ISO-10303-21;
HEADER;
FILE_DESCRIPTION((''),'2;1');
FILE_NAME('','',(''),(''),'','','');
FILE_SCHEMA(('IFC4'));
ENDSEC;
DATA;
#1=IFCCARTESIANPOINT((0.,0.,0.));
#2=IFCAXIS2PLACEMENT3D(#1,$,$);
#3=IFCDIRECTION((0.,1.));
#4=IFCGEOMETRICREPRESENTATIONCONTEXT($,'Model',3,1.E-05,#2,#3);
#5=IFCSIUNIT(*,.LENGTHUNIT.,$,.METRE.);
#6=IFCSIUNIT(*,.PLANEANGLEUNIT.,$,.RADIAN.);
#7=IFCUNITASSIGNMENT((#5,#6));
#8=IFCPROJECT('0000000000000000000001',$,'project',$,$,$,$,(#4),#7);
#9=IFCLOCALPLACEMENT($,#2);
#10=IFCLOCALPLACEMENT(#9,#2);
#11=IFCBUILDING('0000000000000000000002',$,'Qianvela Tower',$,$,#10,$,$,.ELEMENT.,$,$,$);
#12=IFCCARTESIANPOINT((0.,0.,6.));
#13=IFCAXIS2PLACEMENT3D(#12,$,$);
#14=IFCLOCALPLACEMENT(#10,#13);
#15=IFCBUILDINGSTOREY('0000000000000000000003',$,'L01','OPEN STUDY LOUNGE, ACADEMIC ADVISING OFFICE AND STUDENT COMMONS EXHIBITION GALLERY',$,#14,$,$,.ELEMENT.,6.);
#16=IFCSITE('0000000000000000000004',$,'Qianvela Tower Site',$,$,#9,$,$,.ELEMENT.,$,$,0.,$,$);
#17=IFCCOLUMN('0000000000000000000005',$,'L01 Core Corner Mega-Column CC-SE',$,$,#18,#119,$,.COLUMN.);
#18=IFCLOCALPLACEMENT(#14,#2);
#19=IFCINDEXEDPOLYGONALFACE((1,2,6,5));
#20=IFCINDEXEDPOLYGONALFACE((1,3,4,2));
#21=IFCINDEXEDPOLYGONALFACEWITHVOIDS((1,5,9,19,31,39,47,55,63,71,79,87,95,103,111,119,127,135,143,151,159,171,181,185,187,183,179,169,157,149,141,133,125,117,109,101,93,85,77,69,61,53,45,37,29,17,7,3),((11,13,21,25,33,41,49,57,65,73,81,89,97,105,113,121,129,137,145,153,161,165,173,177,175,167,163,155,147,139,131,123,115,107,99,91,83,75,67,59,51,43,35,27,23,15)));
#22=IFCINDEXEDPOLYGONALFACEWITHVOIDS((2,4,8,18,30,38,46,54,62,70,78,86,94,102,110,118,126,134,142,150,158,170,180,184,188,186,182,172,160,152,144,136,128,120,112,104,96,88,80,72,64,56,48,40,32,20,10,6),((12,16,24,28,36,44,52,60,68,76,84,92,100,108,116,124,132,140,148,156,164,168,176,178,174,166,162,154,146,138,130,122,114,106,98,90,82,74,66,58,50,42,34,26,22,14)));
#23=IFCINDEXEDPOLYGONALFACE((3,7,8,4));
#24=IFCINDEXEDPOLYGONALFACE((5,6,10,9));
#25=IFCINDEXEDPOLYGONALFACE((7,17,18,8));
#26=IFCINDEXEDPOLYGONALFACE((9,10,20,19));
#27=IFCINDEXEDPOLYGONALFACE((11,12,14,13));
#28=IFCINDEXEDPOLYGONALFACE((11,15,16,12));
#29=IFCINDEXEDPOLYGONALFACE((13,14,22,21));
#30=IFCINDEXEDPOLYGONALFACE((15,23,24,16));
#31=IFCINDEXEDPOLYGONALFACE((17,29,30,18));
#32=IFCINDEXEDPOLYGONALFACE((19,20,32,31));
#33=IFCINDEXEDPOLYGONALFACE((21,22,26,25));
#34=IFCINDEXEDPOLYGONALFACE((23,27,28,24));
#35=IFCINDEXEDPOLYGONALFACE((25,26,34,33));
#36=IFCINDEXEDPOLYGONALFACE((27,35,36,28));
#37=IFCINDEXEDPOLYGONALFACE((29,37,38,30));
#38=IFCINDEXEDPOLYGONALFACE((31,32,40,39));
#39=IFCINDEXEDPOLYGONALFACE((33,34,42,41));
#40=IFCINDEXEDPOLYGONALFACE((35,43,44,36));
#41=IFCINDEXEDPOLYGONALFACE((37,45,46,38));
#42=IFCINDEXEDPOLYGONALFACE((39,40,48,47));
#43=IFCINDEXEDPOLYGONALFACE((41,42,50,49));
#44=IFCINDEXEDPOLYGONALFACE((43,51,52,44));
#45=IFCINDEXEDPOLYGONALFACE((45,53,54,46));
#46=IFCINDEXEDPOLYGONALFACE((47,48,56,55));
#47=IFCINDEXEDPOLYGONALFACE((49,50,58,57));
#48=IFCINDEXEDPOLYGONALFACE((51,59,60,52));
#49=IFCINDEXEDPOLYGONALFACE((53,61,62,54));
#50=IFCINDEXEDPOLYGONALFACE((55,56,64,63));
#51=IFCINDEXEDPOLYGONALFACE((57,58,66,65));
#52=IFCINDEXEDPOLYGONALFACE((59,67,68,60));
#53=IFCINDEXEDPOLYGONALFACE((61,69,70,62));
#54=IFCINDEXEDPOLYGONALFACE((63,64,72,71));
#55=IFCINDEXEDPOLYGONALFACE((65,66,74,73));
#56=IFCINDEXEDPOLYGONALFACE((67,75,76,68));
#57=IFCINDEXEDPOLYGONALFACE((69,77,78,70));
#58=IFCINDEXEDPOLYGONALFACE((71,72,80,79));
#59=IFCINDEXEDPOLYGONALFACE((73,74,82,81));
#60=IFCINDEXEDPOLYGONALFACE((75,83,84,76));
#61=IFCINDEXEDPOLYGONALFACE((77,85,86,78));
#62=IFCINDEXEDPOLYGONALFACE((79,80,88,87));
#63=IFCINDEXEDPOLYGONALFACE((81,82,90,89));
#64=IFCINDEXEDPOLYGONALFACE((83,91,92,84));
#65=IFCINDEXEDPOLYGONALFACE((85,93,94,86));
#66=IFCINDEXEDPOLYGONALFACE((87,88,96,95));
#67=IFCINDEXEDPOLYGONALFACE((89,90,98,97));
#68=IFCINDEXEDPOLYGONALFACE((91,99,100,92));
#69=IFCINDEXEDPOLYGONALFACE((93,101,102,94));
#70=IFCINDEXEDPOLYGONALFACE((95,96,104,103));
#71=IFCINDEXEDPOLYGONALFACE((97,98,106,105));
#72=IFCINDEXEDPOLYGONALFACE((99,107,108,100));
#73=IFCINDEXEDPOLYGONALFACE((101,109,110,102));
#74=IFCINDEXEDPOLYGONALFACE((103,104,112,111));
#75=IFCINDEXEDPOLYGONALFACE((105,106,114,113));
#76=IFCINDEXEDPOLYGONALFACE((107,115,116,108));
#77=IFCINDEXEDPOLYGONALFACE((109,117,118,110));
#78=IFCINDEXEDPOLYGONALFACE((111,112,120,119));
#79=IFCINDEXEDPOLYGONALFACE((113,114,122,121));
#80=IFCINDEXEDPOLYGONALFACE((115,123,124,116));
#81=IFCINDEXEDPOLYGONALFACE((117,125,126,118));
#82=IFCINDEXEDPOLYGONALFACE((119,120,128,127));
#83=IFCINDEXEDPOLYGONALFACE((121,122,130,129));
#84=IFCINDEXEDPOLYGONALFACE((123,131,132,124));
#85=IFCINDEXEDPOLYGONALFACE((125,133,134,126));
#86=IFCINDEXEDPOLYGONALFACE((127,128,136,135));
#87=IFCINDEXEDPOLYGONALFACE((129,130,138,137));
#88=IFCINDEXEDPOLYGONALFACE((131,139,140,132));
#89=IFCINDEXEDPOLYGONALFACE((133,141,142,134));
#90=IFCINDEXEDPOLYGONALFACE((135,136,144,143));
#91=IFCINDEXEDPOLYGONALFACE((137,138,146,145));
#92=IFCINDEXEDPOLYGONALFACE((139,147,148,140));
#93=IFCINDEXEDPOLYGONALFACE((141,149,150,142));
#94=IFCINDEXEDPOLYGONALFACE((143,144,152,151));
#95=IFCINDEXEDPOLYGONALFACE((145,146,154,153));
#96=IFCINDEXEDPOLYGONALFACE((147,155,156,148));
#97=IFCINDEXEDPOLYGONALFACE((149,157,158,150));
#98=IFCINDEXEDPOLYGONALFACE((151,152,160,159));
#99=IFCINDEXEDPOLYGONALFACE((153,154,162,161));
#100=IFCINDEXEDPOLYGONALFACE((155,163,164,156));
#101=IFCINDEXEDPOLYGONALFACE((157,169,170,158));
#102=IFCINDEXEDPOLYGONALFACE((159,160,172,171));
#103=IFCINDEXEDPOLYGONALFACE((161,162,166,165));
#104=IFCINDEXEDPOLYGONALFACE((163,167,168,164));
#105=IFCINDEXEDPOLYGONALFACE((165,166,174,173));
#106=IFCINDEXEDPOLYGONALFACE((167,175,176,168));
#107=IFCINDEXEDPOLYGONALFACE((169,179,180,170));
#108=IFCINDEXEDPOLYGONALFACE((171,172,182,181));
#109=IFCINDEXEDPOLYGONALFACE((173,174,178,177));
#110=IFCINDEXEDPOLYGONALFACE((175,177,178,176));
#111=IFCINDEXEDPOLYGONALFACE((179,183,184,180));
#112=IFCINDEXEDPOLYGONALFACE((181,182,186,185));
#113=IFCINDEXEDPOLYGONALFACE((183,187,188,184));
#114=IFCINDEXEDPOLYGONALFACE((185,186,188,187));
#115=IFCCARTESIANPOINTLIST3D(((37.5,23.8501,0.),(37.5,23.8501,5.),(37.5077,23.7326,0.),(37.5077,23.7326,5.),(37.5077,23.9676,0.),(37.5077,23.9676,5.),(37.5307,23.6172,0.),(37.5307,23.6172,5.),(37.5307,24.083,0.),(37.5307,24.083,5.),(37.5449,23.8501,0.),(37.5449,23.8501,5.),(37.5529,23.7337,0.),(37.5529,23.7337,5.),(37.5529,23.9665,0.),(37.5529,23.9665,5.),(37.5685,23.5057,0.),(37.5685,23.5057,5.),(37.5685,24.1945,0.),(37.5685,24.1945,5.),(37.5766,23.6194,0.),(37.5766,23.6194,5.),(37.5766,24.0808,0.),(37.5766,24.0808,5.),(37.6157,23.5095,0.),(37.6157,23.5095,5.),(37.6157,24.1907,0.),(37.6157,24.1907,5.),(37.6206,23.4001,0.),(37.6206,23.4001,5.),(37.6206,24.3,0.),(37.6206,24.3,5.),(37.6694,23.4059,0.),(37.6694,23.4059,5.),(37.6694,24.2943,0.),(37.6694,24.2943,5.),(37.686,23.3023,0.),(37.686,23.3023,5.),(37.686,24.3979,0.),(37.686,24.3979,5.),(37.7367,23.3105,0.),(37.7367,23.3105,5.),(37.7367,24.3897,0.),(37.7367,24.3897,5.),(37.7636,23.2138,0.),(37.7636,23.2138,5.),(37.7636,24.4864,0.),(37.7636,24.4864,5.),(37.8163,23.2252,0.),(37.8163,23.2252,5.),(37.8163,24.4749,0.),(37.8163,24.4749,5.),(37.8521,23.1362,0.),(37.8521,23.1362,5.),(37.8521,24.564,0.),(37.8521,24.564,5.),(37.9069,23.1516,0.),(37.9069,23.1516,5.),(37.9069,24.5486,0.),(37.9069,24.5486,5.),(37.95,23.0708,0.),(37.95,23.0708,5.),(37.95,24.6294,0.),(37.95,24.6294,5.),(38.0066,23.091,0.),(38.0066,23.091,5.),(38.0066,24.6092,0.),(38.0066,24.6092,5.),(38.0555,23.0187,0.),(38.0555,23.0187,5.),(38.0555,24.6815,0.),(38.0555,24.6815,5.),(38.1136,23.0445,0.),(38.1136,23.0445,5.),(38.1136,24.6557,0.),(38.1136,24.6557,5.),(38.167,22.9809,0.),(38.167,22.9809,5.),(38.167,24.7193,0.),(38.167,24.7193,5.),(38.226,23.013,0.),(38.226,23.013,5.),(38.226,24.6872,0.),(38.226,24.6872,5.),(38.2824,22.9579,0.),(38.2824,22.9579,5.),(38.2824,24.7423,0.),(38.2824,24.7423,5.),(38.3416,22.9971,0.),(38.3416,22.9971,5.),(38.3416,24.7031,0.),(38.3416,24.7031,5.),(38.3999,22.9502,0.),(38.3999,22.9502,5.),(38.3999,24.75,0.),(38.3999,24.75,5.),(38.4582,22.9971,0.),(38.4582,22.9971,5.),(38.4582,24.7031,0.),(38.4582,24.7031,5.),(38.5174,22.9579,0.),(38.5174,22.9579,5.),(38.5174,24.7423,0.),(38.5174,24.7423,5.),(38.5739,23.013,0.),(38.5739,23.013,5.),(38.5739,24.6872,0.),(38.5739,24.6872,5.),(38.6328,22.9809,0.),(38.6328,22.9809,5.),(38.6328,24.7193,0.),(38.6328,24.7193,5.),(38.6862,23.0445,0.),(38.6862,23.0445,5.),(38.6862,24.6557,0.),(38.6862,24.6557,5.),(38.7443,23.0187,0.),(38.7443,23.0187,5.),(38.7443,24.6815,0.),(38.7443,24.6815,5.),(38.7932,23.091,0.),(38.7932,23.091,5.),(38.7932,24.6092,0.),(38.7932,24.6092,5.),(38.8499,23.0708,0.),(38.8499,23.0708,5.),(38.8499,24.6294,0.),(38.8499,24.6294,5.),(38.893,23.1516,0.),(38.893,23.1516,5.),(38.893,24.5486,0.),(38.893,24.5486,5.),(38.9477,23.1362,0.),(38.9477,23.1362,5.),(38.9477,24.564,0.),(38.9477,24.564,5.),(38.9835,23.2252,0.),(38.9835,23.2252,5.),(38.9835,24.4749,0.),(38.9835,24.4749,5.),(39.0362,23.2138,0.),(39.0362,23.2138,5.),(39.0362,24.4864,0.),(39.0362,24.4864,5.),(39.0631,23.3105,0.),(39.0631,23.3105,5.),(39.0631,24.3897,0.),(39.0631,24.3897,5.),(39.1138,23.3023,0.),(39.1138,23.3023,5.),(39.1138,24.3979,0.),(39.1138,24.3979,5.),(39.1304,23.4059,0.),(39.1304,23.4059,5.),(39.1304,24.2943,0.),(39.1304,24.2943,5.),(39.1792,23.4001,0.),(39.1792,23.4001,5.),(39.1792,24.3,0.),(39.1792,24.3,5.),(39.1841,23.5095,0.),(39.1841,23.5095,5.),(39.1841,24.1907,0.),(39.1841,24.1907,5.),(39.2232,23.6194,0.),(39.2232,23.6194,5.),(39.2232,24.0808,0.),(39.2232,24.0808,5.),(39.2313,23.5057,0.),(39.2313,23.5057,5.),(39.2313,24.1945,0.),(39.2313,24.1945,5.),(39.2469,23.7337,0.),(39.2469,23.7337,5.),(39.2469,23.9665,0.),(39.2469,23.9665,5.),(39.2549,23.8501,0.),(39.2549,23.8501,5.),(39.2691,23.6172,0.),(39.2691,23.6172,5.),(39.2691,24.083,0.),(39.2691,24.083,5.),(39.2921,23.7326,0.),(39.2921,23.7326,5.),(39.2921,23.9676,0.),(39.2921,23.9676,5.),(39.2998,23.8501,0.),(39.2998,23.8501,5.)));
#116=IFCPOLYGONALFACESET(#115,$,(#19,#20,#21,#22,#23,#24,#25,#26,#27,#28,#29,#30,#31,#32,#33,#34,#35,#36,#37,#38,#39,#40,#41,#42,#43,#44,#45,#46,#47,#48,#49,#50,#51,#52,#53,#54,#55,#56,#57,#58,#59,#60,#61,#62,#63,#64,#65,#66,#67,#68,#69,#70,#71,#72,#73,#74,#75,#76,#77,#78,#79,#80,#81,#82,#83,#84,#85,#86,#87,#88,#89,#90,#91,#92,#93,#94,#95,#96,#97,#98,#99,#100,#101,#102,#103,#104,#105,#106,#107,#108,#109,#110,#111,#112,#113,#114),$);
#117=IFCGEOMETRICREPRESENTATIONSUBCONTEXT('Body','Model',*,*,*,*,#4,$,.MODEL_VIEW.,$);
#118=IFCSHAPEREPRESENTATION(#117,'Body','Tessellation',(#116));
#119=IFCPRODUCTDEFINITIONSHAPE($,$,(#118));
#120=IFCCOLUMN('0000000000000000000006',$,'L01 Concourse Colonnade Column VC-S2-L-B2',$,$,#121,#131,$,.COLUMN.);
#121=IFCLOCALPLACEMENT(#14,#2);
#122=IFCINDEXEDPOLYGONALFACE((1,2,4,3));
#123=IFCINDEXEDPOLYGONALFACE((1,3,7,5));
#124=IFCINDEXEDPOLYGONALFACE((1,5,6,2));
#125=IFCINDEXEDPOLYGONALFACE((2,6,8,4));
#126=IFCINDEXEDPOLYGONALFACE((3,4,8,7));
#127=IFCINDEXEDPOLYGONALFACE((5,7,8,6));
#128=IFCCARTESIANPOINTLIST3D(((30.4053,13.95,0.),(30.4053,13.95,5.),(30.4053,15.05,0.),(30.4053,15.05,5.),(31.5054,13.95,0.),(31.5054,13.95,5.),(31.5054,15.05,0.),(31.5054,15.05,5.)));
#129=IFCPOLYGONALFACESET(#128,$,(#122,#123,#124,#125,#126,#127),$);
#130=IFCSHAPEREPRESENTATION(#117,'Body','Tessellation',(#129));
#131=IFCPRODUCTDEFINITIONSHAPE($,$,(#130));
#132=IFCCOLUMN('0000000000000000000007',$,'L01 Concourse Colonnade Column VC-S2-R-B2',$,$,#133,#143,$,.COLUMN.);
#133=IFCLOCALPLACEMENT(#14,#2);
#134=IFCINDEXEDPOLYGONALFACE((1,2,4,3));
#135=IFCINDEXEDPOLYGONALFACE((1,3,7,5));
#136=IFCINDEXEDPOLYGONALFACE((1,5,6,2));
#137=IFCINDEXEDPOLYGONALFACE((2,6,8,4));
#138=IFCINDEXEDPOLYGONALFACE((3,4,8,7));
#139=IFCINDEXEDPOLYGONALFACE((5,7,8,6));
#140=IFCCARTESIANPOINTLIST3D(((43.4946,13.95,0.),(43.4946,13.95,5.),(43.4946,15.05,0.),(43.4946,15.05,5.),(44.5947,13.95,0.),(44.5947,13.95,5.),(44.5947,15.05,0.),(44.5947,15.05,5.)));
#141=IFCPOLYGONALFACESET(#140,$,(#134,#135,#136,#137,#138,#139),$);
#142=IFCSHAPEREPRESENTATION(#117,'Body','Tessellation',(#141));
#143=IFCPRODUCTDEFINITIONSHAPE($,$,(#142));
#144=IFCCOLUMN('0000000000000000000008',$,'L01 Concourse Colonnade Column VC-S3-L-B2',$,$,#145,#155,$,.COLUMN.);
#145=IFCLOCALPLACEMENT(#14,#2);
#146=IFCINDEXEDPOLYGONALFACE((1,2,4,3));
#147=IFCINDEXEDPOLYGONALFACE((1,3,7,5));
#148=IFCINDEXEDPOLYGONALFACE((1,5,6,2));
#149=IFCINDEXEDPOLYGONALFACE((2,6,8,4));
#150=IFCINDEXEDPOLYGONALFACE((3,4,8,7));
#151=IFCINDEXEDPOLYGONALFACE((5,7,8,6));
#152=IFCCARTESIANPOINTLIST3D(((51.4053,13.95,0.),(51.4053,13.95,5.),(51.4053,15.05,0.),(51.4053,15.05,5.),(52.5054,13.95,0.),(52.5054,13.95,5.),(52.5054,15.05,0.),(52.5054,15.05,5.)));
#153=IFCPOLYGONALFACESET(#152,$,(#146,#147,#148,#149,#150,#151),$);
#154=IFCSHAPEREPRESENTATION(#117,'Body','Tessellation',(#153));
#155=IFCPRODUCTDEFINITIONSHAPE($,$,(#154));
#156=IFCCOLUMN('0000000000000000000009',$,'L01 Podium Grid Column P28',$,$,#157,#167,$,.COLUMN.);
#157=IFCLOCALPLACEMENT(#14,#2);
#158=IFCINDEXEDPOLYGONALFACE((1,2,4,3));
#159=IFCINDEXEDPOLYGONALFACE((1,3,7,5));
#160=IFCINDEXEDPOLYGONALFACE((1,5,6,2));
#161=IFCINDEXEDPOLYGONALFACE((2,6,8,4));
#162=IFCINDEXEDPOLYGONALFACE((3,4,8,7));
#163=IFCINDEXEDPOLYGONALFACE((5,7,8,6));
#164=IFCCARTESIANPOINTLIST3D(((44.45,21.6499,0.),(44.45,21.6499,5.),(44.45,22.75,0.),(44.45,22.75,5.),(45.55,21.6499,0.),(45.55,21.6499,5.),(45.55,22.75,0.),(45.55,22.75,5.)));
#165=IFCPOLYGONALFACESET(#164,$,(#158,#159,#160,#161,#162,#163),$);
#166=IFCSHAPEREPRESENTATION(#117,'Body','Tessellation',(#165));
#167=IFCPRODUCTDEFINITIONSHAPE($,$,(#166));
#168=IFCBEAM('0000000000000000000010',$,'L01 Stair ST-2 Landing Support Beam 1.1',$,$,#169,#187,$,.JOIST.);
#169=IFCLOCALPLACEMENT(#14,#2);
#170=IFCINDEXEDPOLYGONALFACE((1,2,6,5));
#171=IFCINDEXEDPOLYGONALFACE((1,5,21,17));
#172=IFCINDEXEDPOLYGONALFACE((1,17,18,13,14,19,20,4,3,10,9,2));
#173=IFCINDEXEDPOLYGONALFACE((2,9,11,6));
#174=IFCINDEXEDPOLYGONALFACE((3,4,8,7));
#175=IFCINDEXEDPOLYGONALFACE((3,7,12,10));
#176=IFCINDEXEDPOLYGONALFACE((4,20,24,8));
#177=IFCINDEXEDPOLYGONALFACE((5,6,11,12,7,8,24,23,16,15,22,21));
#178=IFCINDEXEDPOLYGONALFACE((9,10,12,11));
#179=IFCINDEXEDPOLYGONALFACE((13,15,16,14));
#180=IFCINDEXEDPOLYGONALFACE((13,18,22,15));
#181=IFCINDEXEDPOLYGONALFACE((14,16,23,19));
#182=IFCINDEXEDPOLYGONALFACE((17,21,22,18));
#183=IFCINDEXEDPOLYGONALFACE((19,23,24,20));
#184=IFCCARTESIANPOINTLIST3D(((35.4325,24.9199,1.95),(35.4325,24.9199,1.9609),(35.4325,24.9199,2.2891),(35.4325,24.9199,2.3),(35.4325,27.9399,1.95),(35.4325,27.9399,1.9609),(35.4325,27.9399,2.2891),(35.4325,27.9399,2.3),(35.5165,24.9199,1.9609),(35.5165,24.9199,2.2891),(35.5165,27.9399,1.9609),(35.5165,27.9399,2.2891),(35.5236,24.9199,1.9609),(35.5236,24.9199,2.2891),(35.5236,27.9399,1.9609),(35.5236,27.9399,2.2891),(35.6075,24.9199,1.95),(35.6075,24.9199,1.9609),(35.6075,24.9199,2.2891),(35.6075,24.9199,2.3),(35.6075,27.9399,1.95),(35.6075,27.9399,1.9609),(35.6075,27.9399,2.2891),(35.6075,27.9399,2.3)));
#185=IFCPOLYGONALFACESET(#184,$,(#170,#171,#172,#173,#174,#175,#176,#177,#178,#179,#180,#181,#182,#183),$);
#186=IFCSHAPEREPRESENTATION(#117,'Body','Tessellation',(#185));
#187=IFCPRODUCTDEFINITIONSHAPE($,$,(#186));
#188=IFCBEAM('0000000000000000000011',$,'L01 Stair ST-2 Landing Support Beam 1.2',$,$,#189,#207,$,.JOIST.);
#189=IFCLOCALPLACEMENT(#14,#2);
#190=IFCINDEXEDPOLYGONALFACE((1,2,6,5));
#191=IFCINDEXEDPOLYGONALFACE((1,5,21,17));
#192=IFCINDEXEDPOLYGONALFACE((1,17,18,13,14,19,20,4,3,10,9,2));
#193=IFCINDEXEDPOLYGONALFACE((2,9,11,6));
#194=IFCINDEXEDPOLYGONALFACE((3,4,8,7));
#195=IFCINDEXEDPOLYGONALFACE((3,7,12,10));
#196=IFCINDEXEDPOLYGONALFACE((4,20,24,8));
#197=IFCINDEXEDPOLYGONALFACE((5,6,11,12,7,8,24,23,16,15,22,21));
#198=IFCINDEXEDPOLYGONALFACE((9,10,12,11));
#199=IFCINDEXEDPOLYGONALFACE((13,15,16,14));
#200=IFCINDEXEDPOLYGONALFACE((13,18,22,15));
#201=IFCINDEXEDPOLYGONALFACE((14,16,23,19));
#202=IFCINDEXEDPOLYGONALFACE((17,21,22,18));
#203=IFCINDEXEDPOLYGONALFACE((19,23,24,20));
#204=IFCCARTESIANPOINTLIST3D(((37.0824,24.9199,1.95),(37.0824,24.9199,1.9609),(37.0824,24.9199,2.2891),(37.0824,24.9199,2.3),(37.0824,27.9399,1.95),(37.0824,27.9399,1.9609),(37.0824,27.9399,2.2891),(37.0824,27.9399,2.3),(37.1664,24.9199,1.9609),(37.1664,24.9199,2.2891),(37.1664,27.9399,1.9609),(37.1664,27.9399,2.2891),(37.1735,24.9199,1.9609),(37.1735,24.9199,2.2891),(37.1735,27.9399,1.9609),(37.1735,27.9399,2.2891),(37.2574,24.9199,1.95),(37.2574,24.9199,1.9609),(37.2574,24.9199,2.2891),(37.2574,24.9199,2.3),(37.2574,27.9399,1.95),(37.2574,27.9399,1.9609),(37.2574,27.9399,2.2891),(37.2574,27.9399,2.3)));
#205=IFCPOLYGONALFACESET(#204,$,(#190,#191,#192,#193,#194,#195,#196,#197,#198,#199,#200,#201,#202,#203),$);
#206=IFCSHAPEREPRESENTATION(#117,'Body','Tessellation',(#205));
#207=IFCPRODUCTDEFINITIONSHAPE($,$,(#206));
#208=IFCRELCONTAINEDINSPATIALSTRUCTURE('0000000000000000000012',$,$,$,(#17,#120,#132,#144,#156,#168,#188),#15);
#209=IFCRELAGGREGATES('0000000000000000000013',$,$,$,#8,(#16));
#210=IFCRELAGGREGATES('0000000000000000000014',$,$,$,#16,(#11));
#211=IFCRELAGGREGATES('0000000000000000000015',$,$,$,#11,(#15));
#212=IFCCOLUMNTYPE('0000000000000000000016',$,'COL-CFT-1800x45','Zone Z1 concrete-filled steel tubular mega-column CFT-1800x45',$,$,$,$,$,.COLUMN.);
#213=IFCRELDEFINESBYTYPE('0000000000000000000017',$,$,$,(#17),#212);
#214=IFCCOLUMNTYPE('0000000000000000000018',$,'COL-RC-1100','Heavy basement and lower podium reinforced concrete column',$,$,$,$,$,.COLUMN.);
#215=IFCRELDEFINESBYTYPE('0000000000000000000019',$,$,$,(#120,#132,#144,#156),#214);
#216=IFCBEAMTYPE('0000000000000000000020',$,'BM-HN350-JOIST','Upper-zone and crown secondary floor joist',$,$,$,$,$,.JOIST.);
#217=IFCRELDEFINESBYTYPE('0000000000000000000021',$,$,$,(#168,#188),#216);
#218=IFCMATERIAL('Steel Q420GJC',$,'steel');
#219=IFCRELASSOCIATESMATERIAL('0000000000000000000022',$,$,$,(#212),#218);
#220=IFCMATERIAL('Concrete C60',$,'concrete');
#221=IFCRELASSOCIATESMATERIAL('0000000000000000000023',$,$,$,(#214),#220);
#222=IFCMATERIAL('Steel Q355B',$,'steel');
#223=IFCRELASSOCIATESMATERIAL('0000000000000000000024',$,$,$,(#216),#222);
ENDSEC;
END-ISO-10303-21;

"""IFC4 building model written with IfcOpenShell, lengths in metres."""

from ifc_helpers import new_model, si_unit, direction, frame, origin, origin_2d, place, context, subcontext, project, spatial, rectangle, hollow_circle, i_section, extrude, material, material_profile, profile_set, type_object, element, save


model = new_model("IFC4")

# Units and contexts
model_context = context("Model", 3, precision=1e-05, world=origin(), true_north=direction((0.0, 1.0)))
body_context = subcontext(model_context, "Body", "Model", "MODEL_VIEW")
ifc_project = project(units=[si_unit("LENGTHUNIT", "METRE"), si_unit("PLANEANGLEUNIT", "RADIAN")], contexts=[model_context])

# Site, building, storey
site_placement = place(None, origin())
site = spatial("IfcSite", under=ifc_project, at=site_placement, Name="Qianvela Tower Site", CompositionType="ELEMENT", RefElevation=0.0)
building_placement = place(site_placement, origin())
building = spatial("IfcBuilding", under=site, at=building_placement, Name="Qianvela Tower", CompositionType="ELEMENT")
storey_placement = place(building_placement, frame((0.0, 0.0, 6.0)))
storey = spatial("IfcBuildingStorey", under=building, at=storey_placement, Name="L01", Description="OPEN STUDY LOUNGE, ACADEMIC ADVISING OFFICE AND STUDENT COMMONS EXHIBITION GALLERY", CompositionType="ELEMENT", Elevation=6.0)

# Columns
ifc_material_1 = material(Name="Steel Q420GJC", Category="steel")
ifc_material_profile_1 = material_profile(ifc_material_1, hollow_circle(Radius=0.8999, WallThickness=0.0449, at=origin_2d()), Name="CFT-1800x45")
ifc_profile_set_1 = profile_set([ifc_material_profile_1], Name="Steel Q420GJC")
column_type_1 = type_object("IfcColumnType", Name="COL-CFT-1800x45", Description="Zone Z1 concrete-filled steel tubular mega-column CFT-1800x45", PredefinedType="COLUMN", material=ifc_profile_set_1)
column_placement = place(storey_placement, frame((38.3999, 23.8501, 0.0), z_axis=(0.0, 0.0, 1.0), x_axis=(1.0, 0.0, 0.0)))
element("IfcColumn", 1, at=column_placement, inside=storey, type_object=column_type_1, Name="L01 Core Corner Mega-Column CC-SE", PredefinedType="COLUMN", context=body_context, shape_type="SweptSolid", body=[
    extrude(hollow_circle(Radius=0.8999, WallThickness=0.0449, at=origin_2d()), origin(), (0.0, 0.0, 1.0), 5.0),
])
ifc_material_2 = material(Name="Concrete C60", Category="concrete")
ifc_material_profile_2 = material_profile(ifc_material_2, rectangle(XDim=1.1001, YDim=1.1001, at=origin_2d()), Name="RC-COL-1100x1100")
ifc_profile_set_2 = profile_set([ifc_material_profile_2], Name="Concrete C60")
column_type_2 = type_object("IfcColumnType", Name="COL-RC-1100", Description="Heavy basement and lower podium reinforced concrete column", PredefinedType="COLUMN", material=ifc_profile_set_2)
for number, where, z_axis, x_axis, name in (
    (2, (30.9553, 14.5, 0.0), (0.0, 0.0, 1.0), (1.0, 0.0, 0.0), "L01 Concourse Colonnade Column VC-S2-L-B2"),
    (3, (44.0447, 14.5, 0.0), (0.0, 0.0, 1.0), (1.0, 0.0, 0.0), "L01 Concourse Colonnade Column VC-S2-R-B2"),
    (4, (51.9553, 14.5, 0.0), (0.0, 0.0, 1.0), (1.0, 0.0, 0.0), "L01 Concourse Colonnade Column VC-S3-L-B2"),
    (5, (45.0, 22.2, 0.0), (0.0, 0.0, 1.0), (1.0, 0.0, 0.0), "L01 Podium Grid Column P28"),
):
    element("IfcColumn", number, at=place(storey_placement, frame(where, z_axis=z_axis, x_axis=x_axis)), inside=storey, type_object=column_type_2, Name=name, PredefinedType="COLUMN", context=body_context, shape_type="SweptSolid", body=[
        extrude(rectangle(XDim=1.1001, YDim=1.1001, at=origin_2d()), origin(), (0.0, 0.0, 1.0), 5.0),
    ])

# Beams
ifc_material_3 = material(Name="Steel Q355B", Category="steel")
ifc_material_profile_3 = material_profile(ifc_material_3, i_section(OverallWidth=0.175, OverallDepth=0.3501, WebThickness=0.0071, FlangeThickness=0.011, at=origin_2d()), Name="HN350x175x7x11")
ifc_profile_set_3 = profile_set([ifc_material_profile_3], Name="Steel Q355B")
beam_type_1 = type_object("IfcBeamType", Name="BM-HN350-JOIST", Description="Upper-zone and crown secondary floor joist", PredefinedType="JOIST", material=ifc_profile_set_3)
for number, where, z_axis, x_axis, name in (
    (6, (35.52, 24.9199, 2.125), (0.0, 1.0, 0.0), (-1.0, 0.0, 0.0), "L01 Stair ST-2 Landing Support Beam 1.1"),
    (7, (37.1699, 24.9199, 2.125), (0.0, 1.0, 0.0), (-1.0, 0.0, 0.0), "L01 Stair ST-2 Landing Support Beam 1.2"),
):
    element("IfcBeam", number, at=place(storey_placement, frame(where, z_axis=z_axis, x_axis=x_axis)), inside=storey, type_object=beam_type_1, Name=name, PredefinedType="JOIST", context=body_context, shape_type="SweptSolid", body=[
        extrude(i_section(OverallWidth=0.175, OverallDepth=0.3501, WebThickness=0.0071, FlangeThickness=0.011, at=origin_2d()), origin(), (0.0, 0.0, 1.0), 3.02),
    ])

save(model, "model.ifc")
